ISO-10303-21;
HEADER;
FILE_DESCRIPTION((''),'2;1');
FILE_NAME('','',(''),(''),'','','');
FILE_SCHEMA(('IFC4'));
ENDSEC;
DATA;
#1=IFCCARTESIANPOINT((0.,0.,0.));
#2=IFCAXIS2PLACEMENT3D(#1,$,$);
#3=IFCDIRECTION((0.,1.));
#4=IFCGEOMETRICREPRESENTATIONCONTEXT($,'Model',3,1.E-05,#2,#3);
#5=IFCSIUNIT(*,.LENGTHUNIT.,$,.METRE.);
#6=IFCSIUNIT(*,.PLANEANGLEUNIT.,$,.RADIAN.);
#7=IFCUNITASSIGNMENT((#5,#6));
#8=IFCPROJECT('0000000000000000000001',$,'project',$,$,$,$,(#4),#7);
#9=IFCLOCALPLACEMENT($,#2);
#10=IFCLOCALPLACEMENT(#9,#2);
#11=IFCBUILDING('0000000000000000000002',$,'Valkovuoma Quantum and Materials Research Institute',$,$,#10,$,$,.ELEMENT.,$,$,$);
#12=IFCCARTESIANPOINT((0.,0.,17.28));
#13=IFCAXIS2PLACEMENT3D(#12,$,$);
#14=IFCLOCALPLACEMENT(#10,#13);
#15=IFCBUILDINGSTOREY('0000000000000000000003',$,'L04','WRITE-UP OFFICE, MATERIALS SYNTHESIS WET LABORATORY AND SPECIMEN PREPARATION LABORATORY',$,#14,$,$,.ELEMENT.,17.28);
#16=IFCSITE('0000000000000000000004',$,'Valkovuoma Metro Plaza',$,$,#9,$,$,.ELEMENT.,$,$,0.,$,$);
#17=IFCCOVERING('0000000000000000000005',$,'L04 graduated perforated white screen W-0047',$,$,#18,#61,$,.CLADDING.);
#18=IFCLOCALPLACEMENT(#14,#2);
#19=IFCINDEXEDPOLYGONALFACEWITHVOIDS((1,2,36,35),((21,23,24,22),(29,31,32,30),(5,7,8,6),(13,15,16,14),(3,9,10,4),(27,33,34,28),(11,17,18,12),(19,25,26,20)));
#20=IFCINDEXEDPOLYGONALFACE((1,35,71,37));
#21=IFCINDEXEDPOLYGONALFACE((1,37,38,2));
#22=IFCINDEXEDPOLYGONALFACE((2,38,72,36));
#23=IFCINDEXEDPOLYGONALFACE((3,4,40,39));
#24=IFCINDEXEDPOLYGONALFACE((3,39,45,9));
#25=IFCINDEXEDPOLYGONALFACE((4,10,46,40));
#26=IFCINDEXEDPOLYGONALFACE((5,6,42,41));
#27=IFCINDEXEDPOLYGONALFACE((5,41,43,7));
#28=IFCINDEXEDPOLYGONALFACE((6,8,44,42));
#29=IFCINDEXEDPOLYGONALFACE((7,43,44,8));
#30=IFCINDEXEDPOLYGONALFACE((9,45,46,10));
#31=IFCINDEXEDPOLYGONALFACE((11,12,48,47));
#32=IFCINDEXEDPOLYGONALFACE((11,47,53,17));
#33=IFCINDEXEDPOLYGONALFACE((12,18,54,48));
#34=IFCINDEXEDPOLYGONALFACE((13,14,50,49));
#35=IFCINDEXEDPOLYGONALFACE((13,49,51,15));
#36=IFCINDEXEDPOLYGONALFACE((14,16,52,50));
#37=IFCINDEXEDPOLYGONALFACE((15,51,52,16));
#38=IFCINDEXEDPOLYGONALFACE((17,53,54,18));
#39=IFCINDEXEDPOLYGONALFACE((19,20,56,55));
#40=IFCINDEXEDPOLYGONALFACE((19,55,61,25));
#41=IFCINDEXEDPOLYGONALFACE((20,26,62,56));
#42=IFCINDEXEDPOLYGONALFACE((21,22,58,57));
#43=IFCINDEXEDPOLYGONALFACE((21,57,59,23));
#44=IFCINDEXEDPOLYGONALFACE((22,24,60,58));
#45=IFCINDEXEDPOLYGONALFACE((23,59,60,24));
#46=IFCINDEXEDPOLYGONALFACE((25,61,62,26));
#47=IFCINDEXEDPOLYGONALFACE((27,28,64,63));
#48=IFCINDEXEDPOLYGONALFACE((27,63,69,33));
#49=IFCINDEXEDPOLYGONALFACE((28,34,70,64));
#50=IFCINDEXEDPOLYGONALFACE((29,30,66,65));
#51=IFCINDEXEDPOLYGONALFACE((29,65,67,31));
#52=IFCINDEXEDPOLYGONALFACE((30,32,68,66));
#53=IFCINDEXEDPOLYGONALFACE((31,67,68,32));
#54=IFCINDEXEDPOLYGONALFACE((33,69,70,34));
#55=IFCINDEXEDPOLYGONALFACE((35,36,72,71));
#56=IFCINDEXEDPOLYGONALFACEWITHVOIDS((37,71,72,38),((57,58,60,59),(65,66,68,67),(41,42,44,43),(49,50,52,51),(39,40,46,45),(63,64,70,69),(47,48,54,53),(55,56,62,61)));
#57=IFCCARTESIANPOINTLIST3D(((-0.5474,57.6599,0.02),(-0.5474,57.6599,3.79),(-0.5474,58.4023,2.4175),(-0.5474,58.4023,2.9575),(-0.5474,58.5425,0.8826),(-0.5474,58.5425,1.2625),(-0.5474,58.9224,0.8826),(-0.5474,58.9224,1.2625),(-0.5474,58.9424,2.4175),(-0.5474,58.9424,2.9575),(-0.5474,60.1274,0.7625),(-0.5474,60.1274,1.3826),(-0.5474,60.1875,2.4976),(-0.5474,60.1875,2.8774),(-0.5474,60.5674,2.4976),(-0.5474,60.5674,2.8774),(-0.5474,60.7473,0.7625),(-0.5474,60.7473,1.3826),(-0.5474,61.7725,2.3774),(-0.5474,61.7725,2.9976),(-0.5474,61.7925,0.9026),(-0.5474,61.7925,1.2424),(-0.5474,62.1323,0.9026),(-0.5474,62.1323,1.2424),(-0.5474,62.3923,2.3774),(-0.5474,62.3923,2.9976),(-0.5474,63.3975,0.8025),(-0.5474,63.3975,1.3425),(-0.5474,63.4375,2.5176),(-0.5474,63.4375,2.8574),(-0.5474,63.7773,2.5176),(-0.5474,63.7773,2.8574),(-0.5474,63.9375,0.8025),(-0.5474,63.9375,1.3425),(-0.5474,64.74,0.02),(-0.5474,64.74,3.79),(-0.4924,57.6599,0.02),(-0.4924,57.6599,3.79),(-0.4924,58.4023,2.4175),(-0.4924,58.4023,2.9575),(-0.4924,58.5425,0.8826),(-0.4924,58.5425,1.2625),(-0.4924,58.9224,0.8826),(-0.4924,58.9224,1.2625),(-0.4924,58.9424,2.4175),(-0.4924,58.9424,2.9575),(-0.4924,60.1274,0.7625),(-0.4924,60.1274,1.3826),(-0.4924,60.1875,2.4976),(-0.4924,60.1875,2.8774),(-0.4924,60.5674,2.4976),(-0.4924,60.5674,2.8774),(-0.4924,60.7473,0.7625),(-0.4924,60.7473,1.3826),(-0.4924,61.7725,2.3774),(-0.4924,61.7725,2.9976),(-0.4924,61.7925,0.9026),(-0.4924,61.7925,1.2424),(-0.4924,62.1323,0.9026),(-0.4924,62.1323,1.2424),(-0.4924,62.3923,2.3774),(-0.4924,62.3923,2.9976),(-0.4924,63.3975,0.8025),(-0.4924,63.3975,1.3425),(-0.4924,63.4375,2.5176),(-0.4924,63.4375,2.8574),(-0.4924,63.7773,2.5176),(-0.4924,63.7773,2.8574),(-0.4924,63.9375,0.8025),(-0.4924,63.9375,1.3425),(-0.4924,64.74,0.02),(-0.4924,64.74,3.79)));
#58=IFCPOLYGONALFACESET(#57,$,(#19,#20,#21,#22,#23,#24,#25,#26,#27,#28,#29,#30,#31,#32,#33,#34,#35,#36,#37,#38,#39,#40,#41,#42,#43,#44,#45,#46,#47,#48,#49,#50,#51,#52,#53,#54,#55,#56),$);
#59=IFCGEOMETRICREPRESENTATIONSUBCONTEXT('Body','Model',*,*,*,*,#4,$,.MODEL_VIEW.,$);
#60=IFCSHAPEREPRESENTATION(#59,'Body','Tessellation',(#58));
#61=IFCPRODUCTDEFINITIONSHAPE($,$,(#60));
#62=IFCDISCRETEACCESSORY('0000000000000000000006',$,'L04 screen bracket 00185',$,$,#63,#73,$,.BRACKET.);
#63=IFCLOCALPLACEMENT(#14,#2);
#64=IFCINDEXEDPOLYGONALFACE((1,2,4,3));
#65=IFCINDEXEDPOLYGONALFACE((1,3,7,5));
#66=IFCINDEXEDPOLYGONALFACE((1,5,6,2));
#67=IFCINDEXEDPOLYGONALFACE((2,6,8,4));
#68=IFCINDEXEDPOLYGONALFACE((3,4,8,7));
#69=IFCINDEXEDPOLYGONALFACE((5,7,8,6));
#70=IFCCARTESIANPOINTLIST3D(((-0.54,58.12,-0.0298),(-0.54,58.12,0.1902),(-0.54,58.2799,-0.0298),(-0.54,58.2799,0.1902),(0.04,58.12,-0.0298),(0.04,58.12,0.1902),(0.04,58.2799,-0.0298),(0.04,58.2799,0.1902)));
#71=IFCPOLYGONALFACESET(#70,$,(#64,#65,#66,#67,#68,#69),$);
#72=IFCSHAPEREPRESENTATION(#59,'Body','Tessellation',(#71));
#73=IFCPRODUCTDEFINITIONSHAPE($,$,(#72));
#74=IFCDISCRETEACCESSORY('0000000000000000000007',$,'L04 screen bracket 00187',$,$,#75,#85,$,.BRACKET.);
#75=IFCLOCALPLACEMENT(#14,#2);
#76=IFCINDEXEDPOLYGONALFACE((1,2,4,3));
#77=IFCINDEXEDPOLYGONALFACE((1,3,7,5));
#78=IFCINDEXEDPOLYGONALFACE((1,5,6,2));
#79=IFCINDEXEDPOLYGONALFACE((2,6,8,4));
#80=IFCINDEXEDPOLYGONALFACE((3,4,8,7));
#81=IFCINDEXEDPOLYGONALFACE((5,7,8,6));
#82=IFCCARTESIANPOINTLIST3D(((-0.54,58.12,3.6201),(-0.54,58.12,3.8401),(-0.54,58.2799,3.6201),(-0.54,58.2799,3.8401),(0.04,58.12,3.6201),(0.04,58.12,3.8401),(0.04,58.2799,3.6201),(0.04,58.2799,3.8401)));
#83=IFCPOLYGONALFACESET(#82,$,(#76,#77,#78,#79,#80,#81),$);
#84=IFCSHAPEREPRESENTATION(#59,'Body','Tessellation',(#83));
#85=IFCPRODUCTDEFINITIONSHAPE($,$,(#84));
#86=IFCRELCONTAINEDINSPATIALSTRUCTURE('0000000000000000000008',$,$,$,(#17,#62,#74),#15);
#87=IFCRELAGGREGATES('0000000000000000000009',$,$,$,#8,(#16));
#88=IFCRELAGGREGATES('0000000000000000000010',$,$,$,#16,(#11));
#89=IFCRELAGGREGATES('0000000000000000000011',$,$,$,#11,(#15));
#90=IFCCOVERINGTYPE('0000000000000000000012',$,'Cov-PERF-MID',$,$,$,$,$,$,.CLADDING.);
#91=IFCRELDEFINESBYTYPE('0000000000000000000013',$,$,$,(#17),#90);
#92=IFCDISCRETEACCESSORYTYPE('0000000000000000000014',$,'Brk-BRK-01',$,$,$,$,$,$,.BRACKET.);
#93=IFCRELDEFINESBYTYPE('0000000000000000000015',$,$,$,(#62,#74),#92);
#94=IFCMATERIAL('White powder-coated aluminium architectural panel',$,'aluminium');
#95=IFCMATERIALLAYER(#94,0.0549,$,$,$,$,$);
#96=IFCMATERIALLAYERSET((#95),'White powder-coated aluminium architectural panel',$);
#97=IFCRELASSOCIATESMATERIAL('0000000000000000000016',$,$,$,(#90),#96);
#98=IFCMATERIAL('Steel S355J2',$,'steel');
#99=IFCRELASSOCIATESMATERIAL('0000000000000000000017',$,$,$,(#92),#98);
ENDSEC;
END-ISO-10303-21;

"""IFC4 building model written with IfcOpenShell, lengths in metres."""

from ifc_helpers import new_model, si_unit, direction, frame, origin, origin_2d, place, context, subcontext, project, spatial, polyline, rectangle, outline, extrude, material, layer, layer_set, type_object, element, save


model = new_model("IFC4")

# Units and contexts
model_context = context("Model", 3, precision=1e-05, world=origin(), true_north=direction((0.0, 1.0)))
body_context = subcontext(model_context, "Body", "Model", "MODEL_VIEW")
ifc_project = project(units=[si_unit("LENGTHUNIT", "METRE"), si_unit("PLANEANGLEUNIT", "RADIAN")], contexts=[model_context])

# Site, building, storey
site_placement = place(None, origin())
site = spatial("IfcSite", under=ifc_project, at=site_placement, Name="Valkovuoma Metro Plaza", CompositionType="ELEMENT", RefElevation=0.0)
building_placement = place(site_placement, origin())
building = spatial("IfcBuilding", under=site, at=building_placement, Name="Valkovuoma Quantum and Materials Research Institute", CompositionType="ELEMENT")
storey_placement = place(building_placement, frame((0.0, 0.0, 17.28)))
storey = spatial("IfcBuildingStorey", under=building, at=storey_placement, Name="L04", Description="WRITE-UP OFFICE, MATERIALS SYNTHESIS WET LABORATORY AND SPECIMEN PREPARATION LABORATORY", CompositionType="ELEMENT", Elevation=17.28)

# Covering
ifc_material_1 = material(Name="White powder-coated aluminium architectural panel", Category="aluminium")
ifc_layer_1 = layer(ifc_material_1, 0.0549)
ifc_layer_set_1 = layer_set([ifc_layer_1], Name="White powder-coated aluminium architectural panel")
covering_type = type_object("IfcCoveringType", Name="Cov-PERF-MID", PredefinedType="CLADDING", material=ifc_layer_set_1)
covering_placement = place(storey_placement, frame((-0.52, 57.6599, 0.02), z_axis=(0.0, 0.0, 1.0), x_axis=(0.0, 1.0, 0.0)))
element("IfcCovering", 1, at=covering_placement, inside=storey, type_object=covering_type, Name="L04 graduated perforated white screen W-0047", PredefinedType="CLADDING", context=body_context, shape_type="SweptSolid", body=[
    extrude(outline(polyline([(0.0, 0.0), (7.0801, 0.0), (7.0801, 3.77), (0.0, 3.77), (0.0, 0.0)]), holes=[polyline([(0.8826, 0.8625), (0.8826, 1.2424), (1.2625, 1.2424), (1.2625, 0.8625), (0.8826, 0.8625)]), polyline([(0.7424, 2.3975), (0.7424, 2.9375), (1.2825, 2.9375), (1.2825, 2.3975), (0.7424, 2.3975)]), polyline([(2.4675, 0.7424), (2.4675, 1.3625), (3.0874, 1.3625), (3.0874, 0.7424), (2.4675, 0.7424)]), polyline([(2.5276, 2.4775), (2.5276, 2.8574), (2.9075, 2.8574), (2.9075, 2.4775), (2.5276, 2.4775)]), polyline([(4.1326, 0.8826), (4.1326, 1.2224), (4.4724, 1.2224), (4.4724, 0.8826), (4.1326, 0.8826)]), polyline([(4.1125, 2.3574), (4.1125, 2.9775), (4.7324, 2.9775), (4.7324, 2.3574), (4.1125, 2.3574)]), polyline([(5.7375, 0.7825), (5.7375, 1.3225), (6.2776, 1.3225), (6.2776, 0.7825), (5.7375, 0.7825)]), polyline([(5.7776, 2.4976), (5.7776, 2.8374), (6.1174, 2.8374), (6.1174, 2.4976), (5.7776, 2.4976)])]), frame((0.0, 0.0273, 0.0), z_axis=(0.0, -1.0, 0.0), x_axis=(1.0, 0.0, 0.0)), (0.0, 0.0, 1.0), 0.0549),
])

# Discrete accessories
ifc_material_2 = material(Name="Steel S355J2", Category="steel")
discrete_accessory_type = type_object("IfcDiscreteAccessoryType", Name="Brk-BRK-01", PredefinedType="BRACKET", material=ifc_material_2)
for number, where, z_axis, x_axis, name in (
    (2, (-0.25, 58.2, -0.0298), (0.0, 0.0, 1.0), (1.0, 0.0, 0.0), "L04 screen bracket 00185"),
    (3, (-0.25, 58.2, 3.6201), (0.0, 0.0, 1.0), (1.0, 0.0, 0.0), "L04 screen bracket 00187"),
):
    element("IfcDiscreteAccessory", number, at=place(storey_placement, frame(where, z_axis=z_axis, x_axis=x_axis)), inside=storey, type_object=discrete_accessory_type, Name=name, PredefinedType="BRACKET", context=body_context, shape_type="SweptSolid", body=[
        extrude(rectangle(XDim=0.5801, YDim=0.1599, at=origin_2d()), origin(), (0.0, 0.0, 1.0), 0.22),
    ])

save(model, "model.ifc")
